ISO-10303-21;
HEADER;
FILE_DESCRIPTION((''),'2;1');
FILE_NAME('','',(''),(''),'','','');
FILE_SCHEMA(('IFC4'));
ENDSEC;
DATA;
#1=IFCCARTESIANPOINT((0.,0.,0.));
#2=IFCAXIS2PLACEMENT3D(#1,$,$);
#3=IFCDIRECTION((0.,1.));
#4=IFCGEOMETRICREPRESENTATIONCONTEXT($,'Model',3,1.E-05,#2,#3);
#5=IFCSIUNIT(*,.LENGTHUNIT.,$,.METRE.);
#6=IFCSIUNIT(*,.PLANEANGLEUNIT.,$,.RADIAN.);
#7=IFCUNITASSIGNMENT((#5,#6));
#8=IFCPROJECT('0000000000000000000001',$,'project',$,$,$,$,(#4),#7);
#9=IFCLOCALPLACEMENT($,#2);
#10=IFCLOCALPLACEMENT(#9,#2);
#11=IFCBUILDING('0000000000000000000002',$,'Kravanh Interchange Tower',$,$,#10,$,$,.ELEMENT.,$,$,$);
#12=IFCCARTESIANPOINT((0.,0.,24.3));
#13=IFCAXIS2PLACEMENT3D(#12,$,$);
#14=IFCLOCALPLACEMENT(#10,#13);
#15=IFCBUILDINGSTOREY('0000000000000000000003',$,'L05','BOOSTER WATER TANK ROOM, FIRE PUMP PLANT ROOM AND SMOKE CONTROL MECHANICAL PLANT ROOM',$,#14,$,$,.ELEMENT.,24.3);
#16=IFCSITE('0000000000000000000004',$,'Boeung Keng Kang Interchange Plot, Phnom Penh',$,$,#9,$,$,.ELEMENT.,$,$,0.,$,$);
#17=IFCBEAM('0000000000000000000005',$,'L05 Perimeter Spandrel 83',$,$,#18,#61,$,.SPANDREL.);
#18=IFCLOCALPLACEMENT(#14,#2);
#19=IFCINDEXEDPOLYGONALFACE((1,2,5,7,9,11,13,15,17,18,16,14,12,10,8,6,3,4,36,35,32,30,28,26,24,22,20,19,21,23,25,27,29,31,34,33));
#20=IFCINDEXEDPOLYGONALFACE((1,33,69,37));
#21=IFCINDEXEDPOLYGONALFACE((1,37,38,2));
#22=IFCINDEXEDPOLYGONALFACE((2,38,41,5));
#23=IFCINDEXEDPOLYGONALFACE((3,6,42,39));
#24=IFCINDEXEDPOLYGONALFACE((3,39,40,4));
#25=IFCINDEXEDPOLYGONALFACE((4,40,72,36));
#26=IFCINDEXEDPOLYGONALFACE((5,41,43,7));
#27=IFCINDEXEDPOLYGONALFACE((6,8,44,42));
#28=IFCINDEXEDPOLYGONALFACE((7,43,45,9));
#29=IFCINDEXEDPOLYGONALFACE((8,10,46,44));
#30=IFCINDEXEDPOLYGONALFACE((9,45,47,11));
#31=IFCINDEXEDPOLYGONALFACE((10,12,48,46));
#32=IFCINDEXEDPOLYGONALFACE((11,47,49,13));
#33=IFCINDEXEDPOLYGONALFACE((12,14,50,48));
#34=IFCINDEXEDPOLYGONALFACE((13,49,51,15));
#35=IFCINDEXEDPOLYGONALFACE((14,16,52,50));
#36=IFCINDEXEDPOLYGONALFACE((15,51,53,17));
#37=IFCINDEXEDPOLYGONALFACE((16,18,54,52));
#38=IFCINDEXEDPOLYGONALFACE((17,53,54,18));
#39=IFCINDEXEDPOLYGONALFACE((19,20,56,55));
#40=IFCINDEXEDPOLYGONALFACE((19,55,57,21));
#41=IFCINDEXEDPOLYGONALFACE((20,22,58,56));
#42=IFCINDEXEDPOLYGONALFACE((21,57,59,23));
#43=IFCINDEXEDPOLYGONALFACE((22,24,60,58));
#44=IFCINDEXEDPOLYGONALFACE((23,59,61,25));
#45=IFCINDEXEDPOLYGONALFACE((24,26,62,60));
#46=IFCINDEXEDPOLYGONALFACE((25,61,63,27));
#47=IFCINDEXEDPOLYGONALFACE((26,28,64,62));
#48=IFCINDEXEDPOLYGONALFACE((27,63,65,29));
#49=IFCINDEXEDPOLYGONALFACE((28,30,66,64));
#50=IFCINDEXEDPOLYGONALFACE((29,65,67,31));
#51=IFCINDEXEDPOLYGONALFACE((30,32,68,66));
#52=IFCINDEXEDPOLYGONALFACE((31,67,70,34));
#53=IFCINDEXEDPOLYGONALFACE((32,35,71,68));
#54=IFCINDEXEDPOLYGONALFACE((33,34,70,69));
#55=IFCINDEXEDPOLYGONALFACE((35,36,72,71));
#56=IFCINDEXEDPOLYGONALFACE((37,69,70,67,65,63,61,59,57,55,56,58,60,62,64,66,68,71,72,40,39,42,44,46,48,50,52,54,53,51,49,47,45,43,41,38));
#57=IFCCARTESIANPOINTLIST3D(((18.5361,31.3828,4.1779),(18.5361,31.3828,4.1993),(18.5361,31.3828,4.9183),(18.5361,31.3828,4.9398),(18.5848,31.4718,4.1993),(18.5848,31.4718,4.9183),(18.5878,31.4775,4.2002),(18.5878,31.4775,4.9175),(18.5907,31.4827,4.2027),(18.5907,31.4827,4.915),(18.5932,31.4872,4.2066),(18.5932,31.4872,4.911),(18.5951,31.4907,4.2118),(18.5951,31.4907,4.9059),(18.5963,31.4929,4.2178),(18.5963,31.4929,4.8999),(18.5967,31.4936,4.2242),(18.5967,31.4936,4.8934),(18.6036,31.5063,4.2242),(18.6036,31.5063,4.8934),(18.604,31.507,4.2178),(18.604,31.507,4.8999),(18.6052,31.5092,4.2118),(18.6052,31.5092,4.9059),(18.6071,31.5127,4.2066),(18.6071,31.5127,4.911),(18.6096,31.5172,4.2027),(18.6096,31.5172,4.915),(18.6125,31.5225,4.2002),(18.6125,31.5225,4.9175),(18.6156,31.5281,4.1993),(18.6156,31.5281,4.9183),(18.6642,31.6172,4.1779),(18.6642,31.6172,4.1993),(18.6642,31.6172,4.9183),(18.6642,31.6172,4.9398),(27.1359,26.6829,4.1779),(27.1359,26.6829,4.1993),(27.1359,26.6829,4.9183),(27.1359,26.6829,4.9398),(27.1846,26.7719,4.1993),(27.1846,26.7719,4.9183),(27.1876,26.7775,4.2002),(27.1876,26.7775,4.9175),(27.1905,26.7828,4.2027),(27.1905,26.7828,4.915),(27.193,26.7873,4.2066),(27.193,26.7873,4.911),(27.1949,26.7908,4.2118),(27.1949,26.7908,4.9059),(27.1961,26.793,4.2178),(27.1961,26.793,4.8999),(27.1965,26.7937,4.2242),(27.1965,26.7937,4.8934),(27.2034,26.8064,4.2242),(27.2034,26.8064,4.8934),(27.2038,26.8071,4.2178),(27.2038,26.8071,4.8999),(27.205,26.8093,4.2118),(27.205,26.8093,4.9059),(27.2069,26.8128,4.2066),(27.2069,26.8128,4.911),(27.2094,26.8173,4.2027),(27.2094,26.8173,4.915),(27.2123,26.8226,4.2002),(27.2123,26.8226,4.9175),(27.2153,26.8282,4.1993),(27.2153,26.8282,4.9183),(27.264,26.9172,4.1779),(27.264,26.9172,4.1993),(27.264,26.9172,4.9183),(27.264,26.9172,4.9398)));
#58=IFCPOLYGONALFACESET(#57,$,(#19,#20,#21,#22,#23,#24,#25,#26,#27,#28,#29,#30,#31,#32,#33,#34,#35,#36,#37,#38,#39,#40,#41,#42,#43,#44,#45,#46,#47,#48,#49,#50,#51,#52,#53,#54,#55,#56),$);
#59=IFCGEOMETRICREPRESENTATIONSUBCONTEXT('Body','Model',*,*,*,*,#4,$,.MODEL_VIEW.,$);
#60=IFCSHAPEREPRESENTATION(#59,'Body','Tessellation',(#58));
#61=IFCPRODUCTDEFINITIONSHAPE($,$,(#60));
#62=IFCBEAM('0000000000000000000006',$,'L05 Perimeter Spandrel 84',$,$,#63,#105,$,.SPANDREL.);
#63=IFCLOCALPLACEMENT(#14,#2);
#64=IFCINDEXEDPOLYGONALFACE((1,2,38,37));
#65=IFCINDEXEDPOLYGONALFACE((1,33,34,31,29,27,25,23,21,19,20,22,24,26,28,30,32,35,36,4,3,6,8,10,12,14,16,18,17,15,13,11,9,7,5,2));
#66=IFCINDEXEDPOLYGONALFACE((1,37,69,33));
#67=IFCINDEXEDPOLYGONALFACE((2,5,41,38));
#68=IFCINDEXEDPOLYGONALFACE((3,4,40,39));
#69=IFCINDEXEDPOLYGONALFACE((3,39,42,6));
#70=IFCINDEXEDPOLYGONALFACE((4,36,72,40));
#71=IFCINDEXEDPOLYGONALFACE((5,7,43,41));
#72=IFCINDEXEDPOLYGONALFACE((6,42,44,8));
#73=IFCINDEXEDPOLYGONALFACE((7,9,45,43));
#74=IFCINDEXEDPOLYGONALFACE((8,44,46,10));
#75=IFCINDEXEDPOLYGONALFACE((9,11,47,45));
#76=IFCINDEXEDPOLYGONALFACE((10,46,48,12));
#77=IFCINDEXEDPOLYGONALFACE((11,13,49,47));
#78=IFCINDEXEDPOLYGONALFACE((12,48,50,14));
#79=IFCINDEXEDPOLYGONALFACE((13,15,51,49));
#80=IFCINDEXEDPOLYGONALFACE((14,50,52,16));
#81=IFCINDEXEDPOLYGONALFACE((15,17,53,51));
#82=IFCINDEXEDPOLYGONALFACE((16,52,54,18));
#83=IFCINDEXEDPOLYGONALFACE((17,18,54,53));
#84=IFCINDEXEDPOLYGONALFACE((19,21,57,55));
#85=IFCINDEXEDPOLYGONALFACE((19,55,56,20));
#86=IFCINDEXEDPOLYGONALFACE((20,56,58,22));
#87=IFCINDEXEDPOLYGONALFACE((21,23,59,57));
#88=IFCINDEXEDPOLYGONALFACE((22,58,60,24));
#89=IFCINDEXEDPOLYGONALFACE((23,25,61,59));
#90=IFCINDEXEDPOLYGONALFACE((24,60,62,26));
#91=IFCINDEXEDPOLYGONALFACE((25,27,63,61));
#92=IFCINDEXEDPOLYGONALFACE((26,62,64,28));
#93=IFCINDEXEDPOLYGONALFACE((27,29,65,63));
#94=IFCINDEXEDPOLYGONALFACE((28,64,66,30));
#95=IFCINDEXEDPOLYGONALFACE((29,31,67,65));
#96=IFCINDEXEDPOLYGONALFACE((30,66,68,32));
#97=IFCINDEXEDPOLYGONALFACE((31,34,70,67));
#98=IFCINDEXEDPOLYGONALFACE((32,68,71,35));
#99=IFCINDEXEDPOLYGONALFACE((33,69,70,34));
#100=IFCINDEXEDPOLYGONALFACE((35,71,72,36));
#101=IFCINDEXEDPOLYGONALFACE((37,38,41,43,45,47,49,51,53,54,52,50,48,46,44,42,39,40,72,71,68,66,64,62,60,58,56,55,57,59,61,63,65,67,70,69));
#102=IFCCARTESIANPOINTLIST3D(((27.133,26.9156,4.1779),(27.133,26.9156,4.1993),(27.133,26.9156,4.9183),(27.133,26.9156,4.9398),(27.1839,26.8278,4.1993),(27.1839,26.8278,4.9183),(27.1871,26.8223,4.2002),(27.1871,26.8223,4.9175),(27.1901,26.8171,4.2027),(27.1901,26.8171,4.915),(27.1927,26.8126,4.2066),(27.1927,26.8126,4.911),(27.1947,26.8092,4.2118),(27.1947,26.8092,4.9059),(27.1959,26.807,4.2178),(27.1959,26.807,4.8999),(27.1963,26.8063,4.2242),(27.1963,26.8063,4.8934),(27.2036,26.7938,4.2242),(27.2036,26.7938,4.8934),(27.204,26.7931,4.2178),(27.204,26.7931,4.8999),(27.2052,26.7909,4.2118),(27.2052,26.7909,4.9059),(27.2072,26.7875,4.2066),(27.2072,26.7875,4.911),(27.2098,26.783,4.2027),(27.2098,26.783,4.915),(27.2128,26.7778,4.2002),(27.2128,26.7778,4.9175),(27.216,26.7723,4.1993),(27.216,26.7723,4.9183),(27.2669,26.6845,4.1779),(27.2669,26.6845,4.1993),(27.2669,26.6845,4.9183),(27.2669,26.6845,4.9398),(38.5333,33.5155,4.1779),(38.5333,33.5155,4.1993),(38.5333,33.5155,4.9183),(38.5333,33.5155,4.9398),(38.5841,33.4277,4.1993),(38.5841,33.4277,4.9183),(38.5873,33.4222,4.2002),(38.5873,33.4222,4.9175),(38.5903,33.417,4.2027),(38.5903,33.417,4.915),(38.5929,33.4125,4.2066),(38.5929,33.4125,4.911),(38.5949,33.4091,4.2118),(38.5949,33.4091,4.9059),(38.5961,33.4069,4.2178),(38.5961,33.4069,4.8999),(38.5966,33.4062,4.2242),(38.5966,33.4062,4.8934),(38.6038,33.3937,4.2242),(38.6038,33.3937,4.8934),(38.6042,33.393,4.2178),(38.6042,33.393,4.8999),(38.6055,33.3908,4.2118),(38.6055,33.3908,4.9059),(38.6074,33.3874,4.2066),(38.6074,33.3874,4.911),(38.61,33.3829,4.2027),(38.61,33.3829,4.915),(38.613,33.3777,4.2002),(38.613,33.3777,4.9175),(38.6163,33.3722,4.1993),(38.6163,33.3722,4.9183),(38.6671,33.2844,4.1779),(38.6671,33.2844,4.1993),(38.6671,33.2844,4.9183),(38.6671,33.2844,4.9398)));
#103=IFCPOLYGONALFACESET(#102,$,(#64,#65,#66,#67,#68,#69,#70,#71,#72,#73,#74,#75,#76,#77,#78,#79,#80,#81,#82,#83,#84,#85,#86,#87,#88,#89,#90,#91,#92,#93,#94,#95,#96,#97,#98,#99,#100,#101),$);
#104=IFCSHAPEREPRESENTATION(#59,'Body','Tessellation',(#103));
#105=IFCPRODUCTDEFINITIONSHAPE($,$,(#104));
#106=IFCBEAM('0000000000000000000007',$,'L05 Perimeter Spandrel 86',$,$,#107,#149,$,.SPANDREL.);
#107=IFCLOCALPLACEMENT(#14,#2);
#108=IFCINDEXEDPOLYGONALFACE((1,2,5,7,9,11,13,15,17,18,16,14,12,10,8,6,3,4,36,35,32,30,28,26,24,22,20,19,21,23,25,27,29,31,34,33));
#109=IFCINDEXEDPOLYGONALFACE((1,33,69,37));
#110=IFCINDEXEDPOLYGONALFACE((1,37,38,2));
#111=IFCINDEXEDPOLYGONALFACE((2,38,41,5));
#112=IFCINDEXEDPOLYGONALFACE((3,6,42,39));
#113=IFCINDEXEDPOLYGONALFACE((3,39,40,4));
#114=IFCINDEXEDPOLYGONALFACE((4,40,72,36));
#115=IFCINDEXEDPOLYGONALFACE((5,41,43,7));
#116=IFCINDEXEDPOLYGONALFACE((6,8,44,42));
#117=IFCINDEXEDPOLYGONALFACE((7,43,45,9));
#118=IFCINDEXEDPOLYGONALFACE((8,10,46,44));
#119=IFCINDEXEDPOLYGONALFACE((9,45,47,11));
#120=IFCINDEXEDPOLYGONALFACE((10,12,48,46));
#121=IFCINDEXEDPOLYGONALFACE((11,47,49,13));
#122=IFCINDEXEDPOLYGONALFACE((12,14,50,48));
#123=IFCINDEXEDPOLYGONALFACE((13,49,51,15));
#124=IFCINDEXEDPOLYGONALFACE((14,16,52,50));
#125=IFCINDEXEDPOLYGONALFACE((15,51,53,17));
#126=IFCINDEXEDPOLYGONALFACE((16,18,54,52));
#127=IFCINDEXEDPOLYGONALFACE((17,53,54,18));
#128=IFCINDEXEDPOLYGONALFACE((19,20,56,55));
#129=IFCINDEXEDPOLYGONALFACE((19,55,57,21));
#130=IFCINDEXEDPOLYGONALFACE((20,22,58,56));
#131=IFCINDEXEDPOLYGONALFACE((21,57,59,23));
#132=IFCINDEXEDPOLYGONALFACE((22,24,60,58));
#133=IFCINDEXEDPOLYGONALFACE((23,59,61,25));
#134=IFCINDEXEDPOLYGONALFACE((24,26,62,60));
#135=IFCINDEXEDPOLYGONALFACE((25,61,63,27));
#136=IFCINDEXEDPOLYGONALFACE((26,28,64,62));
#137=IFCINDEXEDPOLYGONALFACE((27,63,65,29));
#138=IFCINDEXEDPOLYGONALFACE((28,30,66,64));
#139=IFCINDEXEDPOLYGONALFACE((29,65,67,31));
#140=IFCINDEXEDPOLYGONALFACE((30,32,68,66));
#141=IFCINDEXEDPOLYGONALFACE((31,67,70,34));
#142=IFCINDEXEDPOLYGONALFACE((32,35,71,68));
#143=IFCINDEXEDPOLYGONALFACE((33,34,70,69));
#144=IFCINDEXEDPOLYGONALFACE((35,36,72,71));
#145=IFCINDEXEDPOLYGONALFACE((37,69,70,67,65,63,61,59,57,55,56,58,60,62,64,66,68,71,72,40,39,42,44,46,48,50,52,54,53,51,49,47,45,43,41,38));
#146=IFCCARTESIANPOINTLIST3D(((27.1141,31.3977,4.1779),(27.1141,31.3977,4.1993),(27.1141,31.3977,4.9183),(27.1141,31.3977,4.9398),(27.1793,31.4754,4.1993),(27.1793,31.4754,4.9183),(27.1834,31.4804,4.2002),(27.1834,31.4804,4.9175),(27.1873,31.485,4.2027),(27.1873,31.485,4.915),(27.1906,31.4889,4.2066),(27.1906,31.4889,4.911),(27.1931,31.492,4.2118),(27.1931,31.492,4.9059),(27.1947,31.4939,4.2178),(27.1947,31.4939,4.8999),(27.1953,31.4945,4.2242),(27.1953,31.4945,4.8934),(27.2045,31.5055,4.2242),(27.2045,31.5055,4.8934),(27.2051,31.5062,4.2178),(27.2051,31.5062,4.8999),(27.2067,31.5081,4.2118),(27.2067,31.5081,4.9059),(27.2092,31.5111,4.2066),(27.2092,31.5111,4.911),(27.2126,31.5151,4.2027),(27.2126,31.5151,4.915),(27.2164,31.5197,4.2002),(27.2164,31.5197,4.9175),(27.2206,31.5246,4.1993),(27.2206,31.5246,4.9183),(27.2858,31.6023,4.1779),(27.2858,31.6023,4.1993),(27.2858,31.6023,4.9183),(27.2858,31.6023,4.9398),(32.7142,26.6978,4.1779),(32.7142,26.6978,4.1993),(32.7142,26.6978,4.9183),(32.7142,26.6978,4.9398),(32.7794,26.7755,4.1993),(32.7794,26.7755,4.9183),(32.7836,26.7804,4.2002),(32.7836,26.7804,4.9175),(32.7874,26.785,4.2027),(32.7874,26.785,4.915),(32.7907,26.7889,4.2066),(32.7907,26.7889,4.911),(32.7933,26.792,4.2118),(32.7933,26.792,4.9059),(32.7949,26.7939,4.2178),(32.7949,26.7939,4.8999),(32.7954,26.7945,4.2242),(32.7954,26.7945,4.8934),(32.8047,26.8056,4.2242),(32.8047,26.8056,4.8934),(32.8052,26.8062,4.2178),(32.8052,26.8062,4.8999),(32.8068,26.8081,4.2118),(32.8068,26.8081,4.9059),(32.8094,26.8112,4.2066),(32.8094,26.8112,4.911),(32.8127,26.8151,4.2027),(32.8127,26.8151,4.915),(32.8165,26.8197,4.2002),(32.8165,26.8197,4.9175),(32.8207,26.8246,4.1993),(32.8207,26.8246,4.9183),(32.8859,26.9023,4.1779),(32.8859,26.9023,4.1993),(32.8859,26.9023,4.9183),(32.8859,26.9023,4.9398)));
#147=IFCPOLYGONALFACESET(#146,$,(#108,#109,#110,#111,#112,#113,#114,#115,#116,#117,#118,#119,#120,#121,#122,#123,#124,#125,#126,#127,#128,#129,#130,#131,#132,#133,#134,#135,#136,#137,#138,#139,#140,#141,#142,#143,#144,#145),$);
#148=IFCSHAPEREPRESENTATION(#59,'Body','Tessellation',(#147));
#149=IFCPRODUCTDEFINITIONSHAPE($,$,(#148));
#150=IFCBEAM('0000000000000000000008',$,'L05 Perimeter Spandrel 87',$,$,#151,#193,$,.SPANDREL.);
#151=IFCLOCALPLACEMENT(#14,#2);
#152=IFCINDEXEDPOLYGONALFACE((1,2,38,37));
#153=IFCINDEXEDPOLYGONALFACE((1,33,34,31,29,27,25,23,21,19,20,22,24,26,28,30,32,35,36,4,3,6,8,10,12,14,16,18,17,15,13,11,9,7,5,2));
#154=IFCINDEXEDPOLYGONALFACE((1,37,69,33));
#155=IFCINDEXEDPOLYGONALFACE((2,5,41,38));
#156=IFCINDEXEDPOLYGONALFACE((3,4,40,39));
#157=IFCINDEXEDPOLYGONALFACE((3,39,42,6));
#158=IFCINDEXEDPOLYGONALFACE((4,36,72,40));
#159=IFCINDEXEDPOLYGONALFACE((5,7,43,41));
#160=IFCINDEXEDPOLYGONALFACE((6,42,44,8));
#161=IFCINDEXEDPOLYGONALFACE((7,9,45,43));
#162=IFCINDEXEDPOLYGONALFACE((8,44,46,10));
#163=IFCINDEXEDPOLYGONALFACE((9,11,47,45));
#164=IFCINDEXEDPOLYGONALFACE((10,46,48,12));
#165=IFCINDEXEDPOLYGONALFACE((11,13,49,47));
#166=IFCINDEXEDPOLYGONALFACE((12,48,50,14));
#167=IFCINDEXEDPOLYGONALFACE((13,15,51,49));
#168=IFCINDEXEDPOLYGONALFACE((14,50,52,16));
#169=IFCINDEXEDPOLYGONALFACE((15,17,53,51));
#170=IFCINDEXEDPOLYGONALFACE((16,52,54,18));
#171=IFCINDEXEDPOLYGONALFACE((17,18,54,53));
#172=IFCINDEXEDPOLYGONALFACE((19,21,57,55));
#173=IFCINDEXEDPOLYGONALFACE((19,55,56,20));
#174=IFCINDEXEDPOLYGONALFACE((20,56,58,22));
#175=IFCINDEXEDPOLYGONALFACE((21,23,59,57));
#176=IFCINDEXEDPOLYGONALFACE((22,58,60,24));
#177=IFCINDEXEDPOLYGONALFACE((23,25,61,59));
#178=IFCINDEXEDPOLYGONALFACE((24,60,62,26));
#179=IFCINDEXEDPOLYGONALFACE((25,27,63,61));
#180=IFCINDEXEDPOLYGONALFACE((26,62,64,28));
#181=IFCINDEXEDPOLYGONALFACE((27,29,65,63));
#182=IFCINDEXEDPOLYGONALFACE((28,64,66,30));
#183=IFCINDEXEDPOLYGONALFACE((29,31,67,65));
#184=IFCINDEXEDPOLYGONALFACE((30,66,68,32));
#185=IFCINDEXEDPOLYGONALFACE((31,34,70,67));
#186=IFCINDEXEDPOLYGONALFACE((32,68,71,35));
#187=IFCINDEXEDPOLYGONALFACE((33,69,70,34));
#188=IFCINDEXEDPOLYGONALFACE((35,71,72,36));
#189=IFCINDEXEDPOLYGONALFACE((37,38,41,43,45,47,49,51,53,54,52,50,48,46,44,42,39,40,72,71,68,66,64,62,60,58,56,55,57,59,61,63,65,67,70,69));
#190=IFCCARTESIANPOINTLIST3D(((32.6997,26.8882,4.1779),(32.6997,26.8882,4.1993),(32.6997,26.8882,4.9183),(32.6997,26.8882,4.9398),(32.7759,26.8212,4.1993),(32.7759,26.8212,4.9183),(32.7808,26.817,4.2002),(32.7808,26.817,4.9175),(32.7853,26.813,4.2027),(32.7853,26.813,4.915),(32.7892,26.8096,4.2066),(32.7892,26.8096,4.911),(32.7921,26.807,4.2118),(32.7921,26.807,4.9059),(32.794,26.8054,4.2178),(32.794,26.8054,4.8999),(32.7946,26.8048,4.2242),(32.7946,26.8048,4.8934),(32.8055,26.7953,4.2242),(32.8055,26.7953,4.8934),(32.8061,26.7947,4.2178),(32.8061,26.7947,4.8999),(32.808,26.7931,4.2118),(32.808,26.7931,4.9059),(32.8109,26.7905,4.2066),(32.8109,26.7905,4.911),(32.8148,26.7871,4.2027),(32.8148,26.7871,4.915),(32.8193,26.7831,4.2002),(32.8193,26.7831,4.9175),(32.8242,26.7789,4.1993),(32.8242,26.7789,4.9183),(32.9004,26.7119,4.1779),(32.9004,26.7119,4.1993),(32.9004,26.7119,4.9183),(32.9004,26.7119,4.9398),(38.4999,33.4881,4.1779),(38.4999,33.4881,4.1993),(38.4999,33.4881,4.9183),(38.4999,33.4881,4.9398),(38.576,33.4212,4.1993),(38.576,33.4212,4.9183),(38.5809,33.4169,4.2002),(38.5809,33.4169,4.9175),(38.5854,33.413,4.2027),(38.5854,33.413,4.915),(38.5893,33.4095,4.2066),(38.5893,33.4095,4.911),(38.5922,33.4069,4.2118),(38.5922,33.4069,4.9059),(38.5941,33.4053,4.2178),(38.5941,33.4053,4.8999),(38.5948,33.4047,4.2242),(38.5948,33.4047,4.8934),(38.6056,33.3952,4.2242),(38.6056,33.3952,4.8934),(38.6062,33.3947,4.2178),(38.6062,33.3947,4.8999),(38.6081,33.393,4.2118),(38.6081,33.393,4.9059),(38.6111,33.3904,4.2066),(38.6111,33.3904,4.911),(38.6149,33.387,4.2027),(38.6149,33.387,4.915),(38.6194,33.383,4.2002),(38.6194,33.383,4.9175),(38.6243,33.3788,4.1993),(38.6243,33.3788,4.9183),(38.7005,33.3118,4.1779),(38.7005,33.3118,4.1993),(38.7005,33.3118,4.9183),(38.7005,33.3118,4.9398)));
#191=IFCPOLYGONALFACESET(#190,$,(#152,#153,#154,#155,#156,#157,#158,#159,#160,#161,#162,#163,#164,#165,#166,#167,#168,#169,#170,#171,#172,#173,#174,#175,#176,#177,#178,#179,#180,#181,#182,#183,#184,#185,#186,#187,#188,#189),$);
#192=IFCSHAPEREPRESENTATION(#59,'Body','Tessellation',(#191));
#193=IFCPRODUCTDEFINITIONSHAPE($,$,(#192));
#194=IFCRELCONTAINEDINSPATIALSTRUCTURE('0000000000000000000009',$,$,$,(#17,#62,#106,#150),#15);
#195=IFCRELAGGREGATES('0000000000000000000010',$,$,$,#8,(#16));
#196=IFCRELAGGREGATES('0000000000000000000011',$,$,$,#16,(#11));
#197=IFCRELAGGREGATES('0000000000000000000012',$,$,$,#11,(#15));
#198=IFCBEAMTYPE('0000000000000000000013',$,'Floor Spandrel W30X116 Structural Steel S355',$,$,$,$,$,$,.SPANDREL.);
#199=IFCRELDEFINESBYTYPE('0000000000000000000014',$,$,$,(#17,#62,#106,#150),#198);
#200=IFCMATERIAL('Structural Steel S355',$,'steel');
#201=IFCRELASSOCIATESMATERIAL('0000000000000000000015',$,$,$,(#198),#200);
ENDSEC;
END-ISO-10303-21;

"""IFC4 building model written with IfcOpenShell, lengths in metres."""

from ifc_helpers import new_model, si_unit, direction, frame, origin, origin_2d, place, context, subcontext, project, spatial, i_section, extrude, material, material_profile, profile_set, type_object, element, save


model = new_model("IFC4")

# Units and contexts
model_context = context("Model", 3, precision=1e-05, world=origin(), true_north=direction((0.0, 1.0)))
body_context = subcontext(model_context, "Body", "Model", "MODEL_VIEW")
ifc_project = project(units=[si_unit("LENGTHUNIT", "METRE"), si_unit("PLANEANGLEUNIT", "RADIAN")], contexts=[model_context])

# Site, building, storey
site_placement = place(None, origin())
site = spatial("IfcSite", under=ifc_project, at=site_placement, Name="Boeung Keng Kang Interchange Plot, Phnom Penh", CompositionType="ELEMENT", RefElevation=0.0)
building_placement = place(site_placement, origin())
building = spatial("IfcBuilding", under=site, at=building_placement, Name="Kravanh Interchange Tower", CompositionType="ELEMENT")
storey_placement = place(building_placement, frame((0.0, 0.0, 24.3)))
storey = spatial("IfcBuildingStorey", under=building, at=storey_placement, Name="L05", Description="BOOSTER WATER TANK ROOM, FIRE PUMP PLANT ROOM AND SMOKE CONTROL MECHANICAL PLANT ROOM", CompositionType="ELEMENT", Elevation=24.3)

# Beams
ifc_material_1 = material(Name="Structural Steel S355", Category="steel")
ifc_material_profile_1 = material_profile(ifc_material_1, i_section(OverallWidth=0.2671, OverallDepth=0.762, WebThickness=0.0144, FlangeThickness=0.0215, FilletRadius=0.0249, at=origin_2d()), Name="W30X116")
ifc_profile_set_1 = profile_set([ifc_material_profile_1], Name="Structural Steel S355")
beam_type_1 = type_object("IfcBeamType", Name="Floor Spandrel W30X116 Structural Steel S355", PredefinedType="SPANDREL", material=ifc_profile_set_1)
beam_1_placement = place(storey_placement, frame((27.2, 26.8, 4.5588), z_axis=(-0.877504, 0.479569, 0.0), x_axis=(-0.479569, -0.877504, 0.0)))
element("IfcBeam", 1, at=beam_1_placement, inside=storey, type_object=beam_type_1, Name="L05 Perimeter Spandrel 83", PredefinedType="SPANDREL", context=body_context, shape_type="SweptSolid", body=[
    extrude(i_section(OverallWidth=0.2671, OverallDepth=0.762, WebThickness=0.0144, FlangeThickness=0.0215, FilletRadius=0.0249, at=origin_2d()), origin(), (0.0, 0.0, 1.0), 9.8003),
])
beam_2_placement = place(storey_placement, frame((27.2, 26.8, 4.5588), z_axis=(0.865434, 0.501023, 0.0), x_axis=(-0.501023, 0.865434, 0.0)))
element("IfcBeam", 2, at=beam_2_placement, inside=storey, type_object=beam_type_1, Name="L05 Perimeter Spandrel 84", PredefinedType="SPANDREL", context=body_context, shape_type="SweptSolid", body=[
    extrude(i_section(OverallWidth=0.2671, OverallDepth=0.762, WebThickness=0.0144, FlangeThickness=0.0215, FilletRadius=0.0249, at=origin_2d()), origin(), (0.0, 0.0, 1.0), 13.1729),
])
beam_3_placement = place(storey_placement, frame((32.8, 26.8, 4.5588), z_axis=(-0.765983, 0.642861, 0.0), x_axis=(-0.642861, -0.765983, 0.0)))
element("IfcBeam", 3, at=beam_3_placement, inside=storey, type_object=beam_type_1, Name="L05 Perimeter Spandrel 86", PredefinedType="SPANDREL", context=body_context, shape_type="SweptSolid", body=[
    extrude(i_section(OverallWidth=0.2671, OverallDepth=0.762, WebThickness=0.0144, FlangeThickness=0.0215, FilletRadius=0.0249, at=origin_2d()), origin(), (0.0, 0.0, 1.0), 7.311),
])
beam_4_placement = place(storey_placement, frame((32.8, 26.8, 4.5588), z_axis=(0.660126, 0.751155, 0.0), x_axis=(-0.751155, 0.660126, 0.0)))
element("IfcBeam", 4, at=beam_4_placement, inside=storey, type_object=beam_type_1, Name="L05 Perimeter Spandrel 87", PredefinedType="SPANDREL", context=body_context, shape_type="SweptSolid", body=[
    extrude(i_section(OverallWidth=0.2671, OverallDepth=0.762, WebThickness=0.0144, FlangeThickness=0.0215, FilletRadius=0.0249, at=origin_2d()), origin(), (0.0, 0.0, 1.0), 8.7864),
])

save(model, "model.ifc")
